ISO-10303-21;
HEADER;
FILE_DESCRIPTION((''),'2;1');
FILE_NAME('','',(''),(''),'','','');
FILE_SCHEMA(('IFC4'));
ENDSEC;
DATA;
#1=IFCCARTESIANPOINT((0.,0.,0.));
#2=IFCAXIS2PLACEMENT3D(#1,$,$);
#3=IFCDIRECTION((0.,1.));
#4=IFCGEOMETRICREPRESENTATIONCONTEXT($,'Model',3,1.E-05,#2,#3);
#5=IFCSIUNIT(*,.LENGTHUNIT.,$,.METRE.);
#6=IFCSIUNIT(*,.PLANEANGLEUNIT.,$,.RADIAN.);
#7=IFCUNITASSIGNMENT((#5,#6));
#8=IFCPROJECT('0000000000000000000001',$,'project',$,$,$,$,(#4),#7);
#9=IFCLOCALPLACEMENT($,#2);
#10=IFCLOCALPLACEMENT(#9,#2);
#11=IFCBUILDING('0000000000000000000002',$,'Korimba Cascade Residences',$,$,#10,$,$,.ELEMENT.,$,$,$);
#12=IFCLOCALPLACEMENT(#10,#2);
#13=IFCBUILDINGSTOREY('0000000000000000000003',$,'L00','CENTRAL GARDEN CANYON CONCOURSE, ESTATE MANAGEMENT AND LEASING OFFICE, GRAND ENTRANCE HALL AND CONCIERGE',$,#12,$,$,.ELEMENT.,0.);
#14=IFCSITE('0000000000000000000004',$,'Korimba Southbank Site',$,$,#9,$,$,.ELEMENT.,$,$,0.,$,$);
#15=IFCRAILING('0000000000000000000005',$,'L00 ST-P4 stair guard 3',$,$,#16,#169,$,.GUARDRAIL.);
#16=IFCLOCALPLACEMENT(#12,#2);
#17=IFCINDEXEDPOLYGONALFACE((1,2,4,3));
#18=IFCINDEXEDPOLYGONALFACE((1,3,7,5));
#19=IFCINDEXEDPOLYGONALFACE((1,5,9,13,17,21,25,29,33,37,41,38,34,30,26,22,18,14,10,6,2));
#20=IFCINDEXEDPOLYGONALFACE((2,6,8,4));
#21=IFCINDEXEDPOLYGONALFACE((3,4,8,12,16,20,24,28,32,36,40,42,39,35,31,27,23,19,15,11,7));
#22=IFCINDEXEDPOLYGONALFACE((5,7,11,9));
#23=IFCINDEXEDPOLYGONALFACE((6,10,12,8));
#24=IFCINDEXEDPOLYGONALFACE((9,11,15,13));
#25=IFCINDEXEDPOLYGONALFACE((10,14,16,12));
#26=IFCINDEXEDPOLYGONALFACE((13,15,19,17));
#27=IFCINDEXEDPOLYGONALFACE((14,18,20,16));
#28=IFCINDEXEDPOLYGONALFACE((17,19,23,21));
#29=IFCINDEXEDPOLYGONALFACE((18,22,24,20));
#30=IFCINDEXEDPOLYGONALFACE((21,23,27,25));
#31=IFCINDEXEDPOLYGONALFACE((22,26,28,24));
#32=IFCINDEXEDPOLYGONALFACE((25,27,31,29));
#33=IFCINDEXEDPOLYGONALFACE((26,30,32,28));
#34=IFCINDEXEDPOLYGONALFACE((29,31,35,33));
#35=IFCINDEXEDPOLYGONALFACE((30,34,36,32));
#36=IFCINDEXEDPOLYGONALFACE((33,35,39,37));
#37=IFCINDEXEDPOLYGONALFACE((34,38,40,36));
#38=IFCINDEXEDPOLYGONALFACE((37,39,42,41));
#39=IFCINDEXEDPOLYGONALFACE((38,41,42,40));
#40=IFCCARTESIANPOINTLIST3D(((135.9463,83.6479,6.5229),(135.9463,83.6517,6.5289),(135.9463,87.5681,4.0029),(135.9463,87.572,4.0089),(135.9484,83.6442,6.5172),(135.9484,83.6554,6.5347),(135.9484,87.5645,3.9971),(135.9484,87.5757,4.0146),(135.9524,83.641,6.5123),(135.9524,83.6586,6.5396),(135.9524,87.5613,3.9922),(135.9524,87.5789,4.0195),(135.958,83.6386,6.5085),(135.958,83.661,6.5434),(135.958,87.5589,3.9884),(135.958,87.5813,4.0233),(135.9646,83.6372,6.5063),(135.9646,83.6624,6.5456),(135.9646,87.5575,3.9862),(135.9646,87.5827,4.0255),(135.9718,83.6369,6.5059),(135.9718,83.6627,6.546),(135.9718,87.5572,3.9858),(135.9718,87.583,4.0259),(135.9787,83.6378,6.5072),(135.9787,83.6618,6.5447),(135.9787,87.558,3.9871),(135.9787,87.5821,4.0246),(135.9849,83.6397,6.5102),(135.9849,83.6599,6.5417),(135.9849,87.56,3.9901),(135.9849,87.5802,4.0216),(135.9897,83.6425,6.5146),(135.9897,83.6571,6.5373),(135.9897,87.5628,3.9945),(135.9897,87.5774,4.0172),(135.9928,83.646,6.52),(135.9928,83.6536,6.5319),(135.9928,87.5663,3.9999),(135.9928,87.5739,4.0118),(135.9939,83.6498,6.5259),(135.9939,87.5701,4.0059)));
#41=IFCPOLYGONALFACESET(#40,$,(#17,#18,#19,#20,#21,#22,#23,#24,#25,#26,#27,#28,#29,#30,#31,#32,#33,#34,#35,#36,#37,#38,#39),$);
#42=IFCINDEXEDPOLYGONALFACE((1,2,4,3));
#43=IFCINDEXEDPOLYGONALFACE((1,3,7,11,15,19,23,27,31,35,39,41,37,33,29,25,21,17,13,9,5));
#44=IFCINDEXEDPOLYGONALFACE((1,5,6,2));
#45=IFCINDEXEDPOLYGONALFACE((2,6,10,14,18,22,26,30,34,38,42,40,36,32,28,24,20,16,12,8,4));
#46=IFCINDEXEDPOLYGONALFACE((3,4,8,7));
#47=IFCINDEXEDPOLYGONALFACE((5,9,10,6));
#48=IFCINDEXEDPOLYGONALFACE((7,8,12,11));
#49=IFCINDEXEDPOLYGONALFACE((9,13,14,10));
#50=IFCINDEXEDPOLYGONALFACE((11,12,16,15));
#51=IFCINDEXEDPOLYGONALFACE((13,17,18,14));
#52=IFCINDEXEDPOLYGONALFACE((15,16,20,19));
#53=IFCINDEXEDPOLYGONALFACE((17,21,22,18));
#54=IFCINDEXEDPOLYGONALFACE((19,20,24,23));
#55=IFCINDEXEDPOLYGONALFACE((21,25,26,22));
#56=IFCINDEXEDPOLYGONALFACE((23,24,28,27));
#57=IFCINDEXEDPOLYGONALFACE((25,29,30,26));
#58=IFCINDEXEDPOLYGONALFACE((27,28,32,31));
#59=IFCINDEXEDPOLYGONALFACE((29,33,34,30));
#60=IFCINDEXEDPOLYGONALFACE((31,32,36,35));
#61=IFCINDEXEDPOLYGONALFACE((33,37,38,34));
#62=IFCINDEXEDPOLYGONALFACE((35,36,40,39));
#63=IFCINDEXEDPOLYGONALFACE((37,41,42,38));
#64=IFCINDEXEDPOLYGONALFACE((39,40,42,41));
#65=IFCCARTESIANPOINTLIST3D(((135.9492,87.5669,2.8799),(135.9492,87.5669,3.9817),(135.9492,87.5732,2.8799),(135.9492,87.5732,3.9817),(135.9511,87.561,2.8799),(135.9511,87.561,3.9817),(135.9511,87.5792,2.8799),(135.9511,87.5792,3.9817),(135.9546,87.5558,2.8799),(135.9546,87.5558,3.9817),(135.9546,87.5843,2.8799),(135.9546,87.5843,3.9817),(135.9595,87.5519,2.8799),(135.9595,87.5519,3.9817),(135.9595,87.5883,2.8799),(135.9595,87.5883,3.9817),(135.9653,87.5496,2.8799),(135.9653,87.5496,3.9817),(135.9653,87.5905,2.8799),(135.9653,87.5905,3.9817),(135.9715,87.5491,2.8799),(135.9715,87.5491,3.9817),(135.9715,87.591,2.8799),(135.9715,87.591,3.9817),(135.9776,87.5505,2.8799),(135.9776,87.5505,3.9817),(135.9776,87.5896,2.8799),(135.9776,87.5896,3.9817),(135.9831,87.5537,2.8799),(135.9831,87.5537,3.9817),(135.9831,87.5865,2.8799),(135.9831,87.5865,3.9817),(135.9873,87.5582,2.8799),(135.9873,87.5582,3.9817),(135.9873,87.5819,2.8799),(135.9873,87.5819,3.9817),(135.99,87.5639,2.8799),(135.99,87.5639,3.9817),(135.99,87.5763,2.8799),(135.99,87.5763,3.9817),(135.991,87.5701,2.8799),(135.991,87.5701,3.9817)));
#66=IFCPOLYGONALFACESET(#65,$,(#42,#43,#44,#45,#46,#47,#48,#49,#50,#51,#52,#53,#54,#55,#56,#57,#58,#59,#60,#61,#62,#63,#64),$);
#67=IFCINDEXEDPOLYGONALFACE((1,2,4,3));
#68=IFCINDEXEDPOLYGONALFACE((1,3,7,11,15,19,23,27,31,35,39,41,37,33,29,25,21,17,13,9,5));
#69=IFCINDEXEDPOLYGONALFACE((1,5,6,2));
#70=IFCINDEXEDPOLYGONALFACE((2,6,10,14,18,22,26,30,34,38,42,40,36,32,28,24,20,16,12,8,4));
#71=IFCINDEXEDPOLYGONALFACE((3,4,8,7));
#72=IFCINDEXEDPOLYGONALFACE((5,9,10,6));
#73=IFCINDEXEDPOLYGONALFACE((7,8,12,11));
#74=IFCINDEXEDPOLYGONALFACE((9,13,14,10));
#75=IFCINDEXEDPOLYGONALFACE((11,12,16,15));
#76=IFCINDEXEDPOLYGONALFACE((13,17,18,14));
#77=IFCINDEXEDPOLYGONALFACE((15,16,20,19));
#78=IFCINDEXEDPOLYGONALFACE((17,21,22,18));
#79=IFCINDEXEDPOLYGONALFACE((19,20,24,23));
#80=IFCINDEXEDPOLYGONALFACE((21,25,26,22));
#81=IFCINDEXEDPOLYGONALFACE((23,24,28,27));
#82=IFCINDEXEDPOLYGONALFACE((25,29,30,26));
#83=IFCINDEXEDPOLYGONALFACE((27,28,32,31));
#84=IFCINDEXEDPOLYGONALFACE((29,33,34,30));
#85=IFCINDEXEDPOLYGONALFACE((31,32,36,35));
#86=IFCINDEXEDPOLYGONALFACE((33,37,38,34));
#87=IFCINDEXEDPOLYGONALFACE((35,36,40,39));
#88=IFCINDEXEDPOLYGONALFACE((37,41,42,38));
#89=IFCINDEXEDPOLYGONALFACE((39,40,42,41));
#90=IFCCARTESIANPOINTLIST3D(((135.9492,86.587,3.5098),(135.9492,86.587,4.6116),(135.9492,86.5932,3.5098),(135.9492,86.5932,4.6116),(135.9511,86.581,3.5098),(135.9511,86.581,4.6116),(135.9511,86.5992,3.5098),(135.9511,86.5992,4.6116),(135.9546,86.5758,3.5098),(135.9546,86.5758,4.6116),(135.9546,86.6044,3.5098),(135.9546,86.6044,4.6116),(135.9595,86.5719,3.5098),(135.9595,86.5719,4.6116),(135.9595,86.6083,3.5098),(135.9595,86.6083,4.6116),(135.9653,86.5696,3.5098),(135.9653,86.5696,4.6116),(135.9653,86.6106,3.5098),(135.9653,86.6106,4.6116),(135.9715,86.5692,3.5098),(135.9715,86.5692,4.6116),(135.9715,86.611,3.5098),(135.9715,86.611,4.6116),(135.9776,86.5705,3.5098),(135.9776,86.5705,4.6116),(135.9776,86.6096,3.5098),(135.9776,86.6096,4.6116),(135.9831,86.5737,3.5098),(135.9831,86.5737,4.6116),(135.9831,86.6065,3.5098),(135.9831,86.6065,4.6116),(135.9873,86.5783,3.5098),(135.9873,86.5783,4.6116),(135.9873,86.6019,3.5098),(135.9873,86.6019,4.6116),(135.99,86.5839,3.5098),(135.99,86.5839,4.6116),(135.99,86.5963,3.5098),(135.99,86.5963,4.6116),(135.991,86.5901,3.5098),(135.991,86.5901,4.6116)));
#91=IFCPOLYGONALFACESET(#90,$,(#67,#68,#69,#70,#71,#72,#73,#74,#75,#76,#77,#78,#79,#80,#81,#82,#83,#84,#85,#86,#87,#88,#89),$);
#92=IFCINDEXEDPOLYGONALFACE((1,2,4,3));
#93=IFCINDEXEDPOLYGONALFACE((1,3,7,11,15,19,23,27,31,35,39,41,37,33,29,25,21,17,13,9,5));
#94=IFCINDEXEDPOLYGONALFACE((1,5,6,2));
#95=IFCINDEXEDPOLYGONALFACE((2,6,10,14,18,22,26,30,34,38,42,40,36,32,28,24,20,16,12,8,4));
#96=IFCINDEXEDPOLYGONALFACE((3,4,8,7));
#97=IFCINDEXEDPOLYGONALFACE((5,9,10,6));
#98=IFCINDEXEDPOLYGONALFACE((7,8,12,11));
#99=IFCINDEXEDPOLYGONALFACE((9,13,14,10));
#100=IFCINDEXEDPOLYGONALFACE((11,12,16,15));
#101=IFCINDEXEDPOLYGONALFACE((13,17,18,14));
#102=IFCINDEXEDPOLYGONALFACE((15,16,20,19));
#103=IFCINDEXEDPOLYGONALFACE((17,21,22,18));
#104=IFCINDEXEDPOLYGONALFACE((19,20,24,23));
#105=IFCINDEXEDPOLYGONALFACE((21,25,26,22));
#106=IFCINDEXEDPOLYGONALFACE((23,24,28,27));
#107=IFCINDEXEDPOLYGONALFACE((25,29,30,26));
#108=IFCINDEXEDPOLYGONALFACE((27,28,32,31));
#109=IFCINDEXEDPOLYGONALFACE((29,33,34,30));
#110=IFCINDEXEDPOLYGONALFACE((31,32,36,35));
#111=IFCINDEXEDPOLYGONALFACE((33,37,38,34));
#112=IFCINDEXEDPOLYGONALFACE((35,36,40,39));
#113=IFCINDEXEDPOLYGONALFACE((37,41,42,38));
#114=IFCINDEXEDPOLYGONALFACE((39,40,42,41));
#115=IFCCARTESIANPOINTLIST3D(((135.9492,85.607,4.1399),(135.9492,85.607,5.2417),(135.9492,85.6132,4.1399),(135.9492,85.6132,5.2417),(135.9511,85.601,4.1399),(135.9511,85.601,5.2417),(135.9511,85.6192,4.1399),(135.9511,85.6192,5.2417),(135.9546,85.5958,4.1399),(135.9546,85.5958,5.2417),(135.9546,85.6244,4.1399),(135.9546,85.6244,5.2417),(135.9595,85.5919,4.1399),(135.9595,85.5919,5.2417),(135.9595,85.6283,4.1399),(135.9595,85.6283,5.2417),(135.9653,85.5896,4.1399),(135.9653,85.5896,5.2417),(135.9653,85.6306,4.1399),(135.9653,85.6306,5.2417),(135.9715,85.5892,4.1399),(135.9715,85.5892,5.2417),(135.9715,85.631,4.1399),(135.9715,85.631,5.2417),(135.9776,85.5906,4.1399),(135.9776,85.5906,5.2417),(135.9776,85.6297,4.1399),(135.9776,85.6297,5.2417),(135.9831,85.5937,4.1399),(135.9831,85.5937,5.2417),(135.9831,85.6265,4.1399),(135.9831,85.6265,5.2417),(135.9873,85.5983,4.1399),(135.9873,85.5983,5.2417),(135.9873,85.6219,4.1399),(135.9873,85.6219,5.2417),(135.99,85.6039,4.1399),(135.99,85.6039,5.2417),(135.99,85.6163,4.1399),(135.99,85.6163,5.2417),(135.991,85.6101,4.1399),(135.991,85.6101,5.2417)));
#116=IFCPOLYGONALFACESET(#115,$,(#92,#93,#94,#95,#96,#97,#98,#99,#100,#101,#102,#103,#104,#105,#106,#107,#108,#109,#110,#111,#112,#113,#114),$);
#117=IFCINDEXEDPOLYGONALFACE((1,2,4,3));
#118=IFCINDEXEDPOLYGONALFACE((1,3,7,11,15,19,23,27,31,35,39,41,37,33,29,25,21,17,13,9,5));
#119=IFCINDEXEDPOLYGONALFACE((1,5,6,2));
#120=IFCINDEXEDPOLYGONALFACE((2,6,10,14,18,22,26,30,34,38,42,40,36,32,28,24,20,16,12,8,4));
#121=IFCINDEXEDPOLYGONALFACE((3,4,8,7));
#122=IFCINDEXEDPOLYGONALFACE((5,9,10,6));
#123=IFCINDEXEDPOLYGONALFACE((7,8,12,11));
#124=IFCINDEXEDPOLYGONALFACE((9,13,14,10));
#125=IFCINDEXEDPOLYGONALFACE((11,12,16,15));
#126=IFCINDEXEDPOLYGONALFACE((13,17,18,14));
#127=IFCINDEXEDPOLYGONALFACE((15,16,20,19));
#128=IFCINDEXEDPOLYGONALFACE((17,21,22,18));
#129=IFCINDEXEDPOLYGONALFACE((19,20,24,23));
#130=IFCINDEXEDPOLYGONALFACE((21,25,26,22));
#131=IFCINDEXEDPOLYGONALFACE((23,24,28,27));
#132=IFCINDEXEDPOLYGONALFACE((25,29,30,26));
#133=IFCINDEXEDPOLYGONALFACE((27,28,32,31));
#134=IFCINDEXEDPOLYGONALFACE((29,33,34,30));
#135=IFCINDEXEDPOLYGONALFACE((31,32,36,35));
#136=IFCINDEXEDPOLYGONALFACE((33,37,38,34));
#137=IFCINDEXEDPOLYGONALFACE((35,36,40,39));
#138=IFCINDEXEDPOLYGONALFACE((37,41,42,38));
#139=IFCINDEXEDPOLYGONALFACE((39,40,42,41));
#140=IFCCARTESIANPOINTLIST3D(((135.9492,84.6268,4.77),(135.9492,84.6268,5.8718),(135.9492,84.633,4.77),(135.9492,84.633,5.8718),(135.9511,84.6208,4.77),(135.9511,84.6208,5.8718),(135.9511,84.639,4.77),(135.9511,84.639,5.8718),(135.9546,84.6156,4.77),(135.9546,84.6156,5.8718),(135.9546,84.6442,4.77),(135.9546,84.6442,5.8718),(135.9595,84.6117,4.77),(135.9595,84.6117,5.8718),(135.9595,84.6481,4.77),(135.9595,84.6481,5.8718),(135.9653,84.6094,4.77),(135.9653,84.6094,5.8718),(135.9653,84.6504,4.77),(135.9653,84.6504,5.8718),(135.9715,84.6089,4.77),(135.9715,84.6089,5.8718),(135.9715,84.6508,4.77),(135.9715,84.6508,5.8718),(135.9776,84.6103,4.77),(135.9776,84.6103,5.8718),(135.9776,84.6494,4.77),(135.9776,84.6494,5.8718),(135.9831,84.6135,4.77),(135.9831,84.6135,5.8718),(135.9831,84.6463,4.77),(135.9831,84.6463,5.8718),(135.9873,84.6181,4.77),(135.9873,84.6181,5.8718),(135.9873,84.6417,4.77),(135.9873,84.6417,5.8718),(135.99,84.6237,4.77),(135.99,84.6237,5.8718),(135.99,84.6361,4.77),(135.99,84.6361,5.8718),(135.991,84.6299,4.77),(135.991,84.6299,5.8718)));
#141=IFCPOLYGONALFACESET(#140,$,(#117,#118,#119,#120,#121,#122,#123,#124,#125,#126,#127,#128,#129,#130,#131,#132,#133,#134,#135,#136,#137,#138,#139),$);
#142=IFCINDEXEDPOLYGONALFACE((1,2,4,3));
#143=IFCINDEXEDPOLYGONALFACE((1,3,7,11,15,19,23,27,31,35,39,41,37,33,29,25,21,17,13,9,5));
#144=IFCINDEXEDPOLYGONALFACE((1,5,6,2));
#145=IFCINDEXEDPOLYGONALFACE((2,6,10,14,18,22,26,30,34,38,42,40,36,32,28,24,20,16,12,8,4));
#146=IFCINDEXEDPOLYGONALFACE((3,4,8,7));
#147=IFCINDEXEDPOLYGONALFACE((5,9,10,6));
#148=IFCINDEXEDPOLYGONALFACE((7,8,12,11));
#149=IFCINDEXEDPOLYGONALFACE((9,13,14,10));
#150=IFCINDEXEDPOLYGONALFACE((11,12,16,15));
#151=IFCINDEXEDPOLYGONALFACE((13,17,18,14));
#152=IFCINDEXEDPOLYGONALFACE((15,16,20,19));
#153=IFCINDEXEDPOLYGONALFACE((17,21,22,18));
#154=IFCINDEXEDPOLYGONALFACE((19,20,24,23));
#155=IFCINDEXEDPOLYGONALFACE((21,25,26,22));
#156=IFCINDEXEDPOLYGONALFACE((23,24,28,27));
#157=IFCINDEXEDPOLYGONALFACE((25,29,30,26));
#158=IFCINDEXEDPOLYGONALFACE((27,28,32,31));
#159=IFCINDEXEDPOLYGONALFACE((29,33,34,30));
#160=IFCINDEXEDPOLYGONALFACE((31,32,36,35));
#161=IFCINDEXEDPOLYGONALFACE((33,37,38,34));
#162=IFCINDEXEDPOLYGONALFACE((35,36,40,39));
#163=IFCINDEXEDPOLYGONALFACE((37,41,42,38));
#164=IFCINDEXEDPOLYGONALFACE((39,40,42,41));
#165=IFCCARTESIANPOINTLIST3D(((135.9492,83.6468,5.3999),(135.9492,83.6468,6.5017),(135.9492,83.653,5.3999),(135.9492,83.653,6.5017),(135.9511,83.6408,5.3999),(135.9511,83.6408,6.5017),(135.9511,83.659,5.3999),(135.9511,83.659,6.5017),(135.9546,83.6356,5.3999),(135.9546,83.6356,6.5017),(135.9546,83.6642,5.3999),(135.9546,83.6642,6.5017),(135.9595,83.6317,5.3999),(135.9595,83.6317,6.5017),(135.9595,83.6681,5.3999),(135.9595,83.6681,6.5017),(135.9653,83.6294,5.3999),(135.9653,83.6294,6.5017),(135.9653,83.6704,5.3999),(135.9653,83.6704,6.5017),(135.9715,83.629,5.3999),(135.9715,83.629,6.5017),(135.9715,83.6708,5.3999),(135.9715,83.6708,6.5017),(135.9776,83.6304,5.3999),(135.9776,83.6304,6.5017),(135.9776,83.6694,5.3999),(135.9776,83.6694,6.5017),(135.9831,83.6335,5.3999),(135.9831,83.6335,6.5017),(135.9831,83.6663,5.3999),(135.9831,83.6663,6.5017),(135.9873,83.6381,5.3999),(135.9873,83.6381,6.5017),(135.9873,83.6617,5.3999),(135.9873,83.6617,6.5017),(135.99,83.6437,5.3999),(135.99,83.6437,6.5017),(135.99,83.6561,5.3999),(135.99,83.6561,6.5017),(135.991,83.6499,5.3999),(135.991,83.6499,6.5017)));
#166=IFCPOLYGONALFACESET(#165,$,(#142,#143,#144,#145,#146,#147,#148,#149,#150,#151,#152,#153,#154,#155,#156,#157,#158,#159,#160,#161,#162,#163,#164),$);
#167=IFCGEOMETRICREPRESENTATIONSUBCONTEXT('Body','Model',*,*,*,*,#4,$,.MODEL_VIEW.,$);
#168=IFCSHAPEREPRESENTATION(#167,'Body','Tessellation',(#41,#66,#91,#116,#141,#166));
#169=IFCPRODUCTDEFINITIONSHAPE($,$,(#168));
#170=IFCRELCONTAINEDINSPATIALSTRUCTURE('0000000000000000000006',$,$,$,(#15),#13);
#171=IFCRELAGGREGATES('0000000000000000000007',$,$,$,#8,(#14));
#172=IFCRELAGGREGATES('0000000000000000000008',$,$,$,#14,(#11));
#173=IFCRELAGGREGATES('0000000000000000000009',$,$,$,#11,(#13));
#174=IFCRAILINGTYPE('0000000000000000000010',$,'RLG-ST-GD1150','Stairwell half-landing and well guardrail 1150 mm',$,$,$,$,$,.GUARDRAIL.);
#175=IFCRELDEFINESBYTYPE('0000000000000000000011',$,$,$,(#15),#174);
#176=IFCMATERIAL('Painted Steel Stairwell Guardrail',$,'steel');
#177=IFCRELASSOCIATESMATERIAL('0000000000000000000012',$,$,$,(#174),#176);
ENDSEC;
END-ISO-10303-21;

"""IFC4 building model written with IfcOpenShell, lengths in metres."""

from ifc_helpers import new_model, si_unit, direction, frame, origin, origin_2d, place, context, subcontext, project, spatial, circle, extrude, material, type_object, element, save


model = new_model("IFC4")

# Units and contexts
model_context = context("Model", 3, precision=1e-05, world=origin(), true_north=direction((0.0, 1.0)))
body_context = subcontext(model_context, "Body", "Model", "MODEL_VIEW")
ifc_project = project(units=[si_unit("LENGTHUNIT", "METRE"), si_unit("PLANEANGLEUNIT", "RADIAN")], contexts=[model_context])

# Site, building, storey
site_placement = place(None, origin())
site = spatial("IfcSite", under=ifc_project, at=site_placement, Name="Korimba Southbank Site", CompositionType="ELEMENT", RefElevation=0.0)
building_placement = place(site_placement, origin())
building = spatial("IfcBuilding", under=site, at=building_placement, Name="Korimba Cascade Residences", CompositionType="ELEMENT")
storey_placement = place(building_placement, origin())
storey = spatial("IfcBuildingStorey", under=building, at=storey_placement, Name="L00", Description="CENTRAL GARDEN CANYON CONCOURSE, ESTATE MANAGEMENT AND LEASING OFFICE, GRAND ENTRANCE HALL AND CONCIERGE", CompositionType="ELEMENT", Elevation=0.0)

# Railing
ifc_material_1 = material(Name="Painted Steel Stairwell Guardrail", Category="steel")
railing_type_1 = type_object("IfcRailingType", Name="RLG-ST-GD1150", Description="Stairwell half-landing and well guardrail 1150 mm", PredefinedType="GUARDRAIL", material=ifc_material_1)
railing_1_placement = place(storey_placement, frame((135.97, 87.5701, 2.8799)))
element("IfcRailing", 1, at=railing_1_placement, inside=storey, type_object=railing_type_1, Name="L00 ST-P4 stair guard 3", PredefinedType="GUARDRAIL", context=body_context, shape_type="SweptSolid", body=[
    extrude(circle(Radius=0.0239, at=origin_2d()), frame((0.0, 0.0, 1.126), z_axis=(0.0, -0.841187, 0.540744), x_axis=(1.0, 0.0, 0.0)), (0.0, 0.0, 1.0), 4.6604),
    extrude(circle(Radius=0.021, at=origin_2d()), origin(), (0.0, 0.0, 1.0), 1.1018),
    extrude(circle(Radius=0.021, at=origin_2d()), frame((0.0, -0.98, 0.6299)), (0.0, 0.0, 1.0), 1.1018),
    extrude(circle(Radius=0.021, at=origin_2d()), frame((0.0, -1.96, 1.26)), (0.0, 0.0, 1.0), 1.1018),
    extrude(circle(Radius=0.021, at=origin_2d()), frame((0.0, -2.9402, 1.8901)), (0.0, 0.0, 1.0), 1.1018),
    extrude(circle(Radius=0.021, at=origin_2d()), frame((0.0, -3.9202, 2.52)), (0.0, 0.0, 1.0), 1.1018),
])

save(model, "model.ifc")
